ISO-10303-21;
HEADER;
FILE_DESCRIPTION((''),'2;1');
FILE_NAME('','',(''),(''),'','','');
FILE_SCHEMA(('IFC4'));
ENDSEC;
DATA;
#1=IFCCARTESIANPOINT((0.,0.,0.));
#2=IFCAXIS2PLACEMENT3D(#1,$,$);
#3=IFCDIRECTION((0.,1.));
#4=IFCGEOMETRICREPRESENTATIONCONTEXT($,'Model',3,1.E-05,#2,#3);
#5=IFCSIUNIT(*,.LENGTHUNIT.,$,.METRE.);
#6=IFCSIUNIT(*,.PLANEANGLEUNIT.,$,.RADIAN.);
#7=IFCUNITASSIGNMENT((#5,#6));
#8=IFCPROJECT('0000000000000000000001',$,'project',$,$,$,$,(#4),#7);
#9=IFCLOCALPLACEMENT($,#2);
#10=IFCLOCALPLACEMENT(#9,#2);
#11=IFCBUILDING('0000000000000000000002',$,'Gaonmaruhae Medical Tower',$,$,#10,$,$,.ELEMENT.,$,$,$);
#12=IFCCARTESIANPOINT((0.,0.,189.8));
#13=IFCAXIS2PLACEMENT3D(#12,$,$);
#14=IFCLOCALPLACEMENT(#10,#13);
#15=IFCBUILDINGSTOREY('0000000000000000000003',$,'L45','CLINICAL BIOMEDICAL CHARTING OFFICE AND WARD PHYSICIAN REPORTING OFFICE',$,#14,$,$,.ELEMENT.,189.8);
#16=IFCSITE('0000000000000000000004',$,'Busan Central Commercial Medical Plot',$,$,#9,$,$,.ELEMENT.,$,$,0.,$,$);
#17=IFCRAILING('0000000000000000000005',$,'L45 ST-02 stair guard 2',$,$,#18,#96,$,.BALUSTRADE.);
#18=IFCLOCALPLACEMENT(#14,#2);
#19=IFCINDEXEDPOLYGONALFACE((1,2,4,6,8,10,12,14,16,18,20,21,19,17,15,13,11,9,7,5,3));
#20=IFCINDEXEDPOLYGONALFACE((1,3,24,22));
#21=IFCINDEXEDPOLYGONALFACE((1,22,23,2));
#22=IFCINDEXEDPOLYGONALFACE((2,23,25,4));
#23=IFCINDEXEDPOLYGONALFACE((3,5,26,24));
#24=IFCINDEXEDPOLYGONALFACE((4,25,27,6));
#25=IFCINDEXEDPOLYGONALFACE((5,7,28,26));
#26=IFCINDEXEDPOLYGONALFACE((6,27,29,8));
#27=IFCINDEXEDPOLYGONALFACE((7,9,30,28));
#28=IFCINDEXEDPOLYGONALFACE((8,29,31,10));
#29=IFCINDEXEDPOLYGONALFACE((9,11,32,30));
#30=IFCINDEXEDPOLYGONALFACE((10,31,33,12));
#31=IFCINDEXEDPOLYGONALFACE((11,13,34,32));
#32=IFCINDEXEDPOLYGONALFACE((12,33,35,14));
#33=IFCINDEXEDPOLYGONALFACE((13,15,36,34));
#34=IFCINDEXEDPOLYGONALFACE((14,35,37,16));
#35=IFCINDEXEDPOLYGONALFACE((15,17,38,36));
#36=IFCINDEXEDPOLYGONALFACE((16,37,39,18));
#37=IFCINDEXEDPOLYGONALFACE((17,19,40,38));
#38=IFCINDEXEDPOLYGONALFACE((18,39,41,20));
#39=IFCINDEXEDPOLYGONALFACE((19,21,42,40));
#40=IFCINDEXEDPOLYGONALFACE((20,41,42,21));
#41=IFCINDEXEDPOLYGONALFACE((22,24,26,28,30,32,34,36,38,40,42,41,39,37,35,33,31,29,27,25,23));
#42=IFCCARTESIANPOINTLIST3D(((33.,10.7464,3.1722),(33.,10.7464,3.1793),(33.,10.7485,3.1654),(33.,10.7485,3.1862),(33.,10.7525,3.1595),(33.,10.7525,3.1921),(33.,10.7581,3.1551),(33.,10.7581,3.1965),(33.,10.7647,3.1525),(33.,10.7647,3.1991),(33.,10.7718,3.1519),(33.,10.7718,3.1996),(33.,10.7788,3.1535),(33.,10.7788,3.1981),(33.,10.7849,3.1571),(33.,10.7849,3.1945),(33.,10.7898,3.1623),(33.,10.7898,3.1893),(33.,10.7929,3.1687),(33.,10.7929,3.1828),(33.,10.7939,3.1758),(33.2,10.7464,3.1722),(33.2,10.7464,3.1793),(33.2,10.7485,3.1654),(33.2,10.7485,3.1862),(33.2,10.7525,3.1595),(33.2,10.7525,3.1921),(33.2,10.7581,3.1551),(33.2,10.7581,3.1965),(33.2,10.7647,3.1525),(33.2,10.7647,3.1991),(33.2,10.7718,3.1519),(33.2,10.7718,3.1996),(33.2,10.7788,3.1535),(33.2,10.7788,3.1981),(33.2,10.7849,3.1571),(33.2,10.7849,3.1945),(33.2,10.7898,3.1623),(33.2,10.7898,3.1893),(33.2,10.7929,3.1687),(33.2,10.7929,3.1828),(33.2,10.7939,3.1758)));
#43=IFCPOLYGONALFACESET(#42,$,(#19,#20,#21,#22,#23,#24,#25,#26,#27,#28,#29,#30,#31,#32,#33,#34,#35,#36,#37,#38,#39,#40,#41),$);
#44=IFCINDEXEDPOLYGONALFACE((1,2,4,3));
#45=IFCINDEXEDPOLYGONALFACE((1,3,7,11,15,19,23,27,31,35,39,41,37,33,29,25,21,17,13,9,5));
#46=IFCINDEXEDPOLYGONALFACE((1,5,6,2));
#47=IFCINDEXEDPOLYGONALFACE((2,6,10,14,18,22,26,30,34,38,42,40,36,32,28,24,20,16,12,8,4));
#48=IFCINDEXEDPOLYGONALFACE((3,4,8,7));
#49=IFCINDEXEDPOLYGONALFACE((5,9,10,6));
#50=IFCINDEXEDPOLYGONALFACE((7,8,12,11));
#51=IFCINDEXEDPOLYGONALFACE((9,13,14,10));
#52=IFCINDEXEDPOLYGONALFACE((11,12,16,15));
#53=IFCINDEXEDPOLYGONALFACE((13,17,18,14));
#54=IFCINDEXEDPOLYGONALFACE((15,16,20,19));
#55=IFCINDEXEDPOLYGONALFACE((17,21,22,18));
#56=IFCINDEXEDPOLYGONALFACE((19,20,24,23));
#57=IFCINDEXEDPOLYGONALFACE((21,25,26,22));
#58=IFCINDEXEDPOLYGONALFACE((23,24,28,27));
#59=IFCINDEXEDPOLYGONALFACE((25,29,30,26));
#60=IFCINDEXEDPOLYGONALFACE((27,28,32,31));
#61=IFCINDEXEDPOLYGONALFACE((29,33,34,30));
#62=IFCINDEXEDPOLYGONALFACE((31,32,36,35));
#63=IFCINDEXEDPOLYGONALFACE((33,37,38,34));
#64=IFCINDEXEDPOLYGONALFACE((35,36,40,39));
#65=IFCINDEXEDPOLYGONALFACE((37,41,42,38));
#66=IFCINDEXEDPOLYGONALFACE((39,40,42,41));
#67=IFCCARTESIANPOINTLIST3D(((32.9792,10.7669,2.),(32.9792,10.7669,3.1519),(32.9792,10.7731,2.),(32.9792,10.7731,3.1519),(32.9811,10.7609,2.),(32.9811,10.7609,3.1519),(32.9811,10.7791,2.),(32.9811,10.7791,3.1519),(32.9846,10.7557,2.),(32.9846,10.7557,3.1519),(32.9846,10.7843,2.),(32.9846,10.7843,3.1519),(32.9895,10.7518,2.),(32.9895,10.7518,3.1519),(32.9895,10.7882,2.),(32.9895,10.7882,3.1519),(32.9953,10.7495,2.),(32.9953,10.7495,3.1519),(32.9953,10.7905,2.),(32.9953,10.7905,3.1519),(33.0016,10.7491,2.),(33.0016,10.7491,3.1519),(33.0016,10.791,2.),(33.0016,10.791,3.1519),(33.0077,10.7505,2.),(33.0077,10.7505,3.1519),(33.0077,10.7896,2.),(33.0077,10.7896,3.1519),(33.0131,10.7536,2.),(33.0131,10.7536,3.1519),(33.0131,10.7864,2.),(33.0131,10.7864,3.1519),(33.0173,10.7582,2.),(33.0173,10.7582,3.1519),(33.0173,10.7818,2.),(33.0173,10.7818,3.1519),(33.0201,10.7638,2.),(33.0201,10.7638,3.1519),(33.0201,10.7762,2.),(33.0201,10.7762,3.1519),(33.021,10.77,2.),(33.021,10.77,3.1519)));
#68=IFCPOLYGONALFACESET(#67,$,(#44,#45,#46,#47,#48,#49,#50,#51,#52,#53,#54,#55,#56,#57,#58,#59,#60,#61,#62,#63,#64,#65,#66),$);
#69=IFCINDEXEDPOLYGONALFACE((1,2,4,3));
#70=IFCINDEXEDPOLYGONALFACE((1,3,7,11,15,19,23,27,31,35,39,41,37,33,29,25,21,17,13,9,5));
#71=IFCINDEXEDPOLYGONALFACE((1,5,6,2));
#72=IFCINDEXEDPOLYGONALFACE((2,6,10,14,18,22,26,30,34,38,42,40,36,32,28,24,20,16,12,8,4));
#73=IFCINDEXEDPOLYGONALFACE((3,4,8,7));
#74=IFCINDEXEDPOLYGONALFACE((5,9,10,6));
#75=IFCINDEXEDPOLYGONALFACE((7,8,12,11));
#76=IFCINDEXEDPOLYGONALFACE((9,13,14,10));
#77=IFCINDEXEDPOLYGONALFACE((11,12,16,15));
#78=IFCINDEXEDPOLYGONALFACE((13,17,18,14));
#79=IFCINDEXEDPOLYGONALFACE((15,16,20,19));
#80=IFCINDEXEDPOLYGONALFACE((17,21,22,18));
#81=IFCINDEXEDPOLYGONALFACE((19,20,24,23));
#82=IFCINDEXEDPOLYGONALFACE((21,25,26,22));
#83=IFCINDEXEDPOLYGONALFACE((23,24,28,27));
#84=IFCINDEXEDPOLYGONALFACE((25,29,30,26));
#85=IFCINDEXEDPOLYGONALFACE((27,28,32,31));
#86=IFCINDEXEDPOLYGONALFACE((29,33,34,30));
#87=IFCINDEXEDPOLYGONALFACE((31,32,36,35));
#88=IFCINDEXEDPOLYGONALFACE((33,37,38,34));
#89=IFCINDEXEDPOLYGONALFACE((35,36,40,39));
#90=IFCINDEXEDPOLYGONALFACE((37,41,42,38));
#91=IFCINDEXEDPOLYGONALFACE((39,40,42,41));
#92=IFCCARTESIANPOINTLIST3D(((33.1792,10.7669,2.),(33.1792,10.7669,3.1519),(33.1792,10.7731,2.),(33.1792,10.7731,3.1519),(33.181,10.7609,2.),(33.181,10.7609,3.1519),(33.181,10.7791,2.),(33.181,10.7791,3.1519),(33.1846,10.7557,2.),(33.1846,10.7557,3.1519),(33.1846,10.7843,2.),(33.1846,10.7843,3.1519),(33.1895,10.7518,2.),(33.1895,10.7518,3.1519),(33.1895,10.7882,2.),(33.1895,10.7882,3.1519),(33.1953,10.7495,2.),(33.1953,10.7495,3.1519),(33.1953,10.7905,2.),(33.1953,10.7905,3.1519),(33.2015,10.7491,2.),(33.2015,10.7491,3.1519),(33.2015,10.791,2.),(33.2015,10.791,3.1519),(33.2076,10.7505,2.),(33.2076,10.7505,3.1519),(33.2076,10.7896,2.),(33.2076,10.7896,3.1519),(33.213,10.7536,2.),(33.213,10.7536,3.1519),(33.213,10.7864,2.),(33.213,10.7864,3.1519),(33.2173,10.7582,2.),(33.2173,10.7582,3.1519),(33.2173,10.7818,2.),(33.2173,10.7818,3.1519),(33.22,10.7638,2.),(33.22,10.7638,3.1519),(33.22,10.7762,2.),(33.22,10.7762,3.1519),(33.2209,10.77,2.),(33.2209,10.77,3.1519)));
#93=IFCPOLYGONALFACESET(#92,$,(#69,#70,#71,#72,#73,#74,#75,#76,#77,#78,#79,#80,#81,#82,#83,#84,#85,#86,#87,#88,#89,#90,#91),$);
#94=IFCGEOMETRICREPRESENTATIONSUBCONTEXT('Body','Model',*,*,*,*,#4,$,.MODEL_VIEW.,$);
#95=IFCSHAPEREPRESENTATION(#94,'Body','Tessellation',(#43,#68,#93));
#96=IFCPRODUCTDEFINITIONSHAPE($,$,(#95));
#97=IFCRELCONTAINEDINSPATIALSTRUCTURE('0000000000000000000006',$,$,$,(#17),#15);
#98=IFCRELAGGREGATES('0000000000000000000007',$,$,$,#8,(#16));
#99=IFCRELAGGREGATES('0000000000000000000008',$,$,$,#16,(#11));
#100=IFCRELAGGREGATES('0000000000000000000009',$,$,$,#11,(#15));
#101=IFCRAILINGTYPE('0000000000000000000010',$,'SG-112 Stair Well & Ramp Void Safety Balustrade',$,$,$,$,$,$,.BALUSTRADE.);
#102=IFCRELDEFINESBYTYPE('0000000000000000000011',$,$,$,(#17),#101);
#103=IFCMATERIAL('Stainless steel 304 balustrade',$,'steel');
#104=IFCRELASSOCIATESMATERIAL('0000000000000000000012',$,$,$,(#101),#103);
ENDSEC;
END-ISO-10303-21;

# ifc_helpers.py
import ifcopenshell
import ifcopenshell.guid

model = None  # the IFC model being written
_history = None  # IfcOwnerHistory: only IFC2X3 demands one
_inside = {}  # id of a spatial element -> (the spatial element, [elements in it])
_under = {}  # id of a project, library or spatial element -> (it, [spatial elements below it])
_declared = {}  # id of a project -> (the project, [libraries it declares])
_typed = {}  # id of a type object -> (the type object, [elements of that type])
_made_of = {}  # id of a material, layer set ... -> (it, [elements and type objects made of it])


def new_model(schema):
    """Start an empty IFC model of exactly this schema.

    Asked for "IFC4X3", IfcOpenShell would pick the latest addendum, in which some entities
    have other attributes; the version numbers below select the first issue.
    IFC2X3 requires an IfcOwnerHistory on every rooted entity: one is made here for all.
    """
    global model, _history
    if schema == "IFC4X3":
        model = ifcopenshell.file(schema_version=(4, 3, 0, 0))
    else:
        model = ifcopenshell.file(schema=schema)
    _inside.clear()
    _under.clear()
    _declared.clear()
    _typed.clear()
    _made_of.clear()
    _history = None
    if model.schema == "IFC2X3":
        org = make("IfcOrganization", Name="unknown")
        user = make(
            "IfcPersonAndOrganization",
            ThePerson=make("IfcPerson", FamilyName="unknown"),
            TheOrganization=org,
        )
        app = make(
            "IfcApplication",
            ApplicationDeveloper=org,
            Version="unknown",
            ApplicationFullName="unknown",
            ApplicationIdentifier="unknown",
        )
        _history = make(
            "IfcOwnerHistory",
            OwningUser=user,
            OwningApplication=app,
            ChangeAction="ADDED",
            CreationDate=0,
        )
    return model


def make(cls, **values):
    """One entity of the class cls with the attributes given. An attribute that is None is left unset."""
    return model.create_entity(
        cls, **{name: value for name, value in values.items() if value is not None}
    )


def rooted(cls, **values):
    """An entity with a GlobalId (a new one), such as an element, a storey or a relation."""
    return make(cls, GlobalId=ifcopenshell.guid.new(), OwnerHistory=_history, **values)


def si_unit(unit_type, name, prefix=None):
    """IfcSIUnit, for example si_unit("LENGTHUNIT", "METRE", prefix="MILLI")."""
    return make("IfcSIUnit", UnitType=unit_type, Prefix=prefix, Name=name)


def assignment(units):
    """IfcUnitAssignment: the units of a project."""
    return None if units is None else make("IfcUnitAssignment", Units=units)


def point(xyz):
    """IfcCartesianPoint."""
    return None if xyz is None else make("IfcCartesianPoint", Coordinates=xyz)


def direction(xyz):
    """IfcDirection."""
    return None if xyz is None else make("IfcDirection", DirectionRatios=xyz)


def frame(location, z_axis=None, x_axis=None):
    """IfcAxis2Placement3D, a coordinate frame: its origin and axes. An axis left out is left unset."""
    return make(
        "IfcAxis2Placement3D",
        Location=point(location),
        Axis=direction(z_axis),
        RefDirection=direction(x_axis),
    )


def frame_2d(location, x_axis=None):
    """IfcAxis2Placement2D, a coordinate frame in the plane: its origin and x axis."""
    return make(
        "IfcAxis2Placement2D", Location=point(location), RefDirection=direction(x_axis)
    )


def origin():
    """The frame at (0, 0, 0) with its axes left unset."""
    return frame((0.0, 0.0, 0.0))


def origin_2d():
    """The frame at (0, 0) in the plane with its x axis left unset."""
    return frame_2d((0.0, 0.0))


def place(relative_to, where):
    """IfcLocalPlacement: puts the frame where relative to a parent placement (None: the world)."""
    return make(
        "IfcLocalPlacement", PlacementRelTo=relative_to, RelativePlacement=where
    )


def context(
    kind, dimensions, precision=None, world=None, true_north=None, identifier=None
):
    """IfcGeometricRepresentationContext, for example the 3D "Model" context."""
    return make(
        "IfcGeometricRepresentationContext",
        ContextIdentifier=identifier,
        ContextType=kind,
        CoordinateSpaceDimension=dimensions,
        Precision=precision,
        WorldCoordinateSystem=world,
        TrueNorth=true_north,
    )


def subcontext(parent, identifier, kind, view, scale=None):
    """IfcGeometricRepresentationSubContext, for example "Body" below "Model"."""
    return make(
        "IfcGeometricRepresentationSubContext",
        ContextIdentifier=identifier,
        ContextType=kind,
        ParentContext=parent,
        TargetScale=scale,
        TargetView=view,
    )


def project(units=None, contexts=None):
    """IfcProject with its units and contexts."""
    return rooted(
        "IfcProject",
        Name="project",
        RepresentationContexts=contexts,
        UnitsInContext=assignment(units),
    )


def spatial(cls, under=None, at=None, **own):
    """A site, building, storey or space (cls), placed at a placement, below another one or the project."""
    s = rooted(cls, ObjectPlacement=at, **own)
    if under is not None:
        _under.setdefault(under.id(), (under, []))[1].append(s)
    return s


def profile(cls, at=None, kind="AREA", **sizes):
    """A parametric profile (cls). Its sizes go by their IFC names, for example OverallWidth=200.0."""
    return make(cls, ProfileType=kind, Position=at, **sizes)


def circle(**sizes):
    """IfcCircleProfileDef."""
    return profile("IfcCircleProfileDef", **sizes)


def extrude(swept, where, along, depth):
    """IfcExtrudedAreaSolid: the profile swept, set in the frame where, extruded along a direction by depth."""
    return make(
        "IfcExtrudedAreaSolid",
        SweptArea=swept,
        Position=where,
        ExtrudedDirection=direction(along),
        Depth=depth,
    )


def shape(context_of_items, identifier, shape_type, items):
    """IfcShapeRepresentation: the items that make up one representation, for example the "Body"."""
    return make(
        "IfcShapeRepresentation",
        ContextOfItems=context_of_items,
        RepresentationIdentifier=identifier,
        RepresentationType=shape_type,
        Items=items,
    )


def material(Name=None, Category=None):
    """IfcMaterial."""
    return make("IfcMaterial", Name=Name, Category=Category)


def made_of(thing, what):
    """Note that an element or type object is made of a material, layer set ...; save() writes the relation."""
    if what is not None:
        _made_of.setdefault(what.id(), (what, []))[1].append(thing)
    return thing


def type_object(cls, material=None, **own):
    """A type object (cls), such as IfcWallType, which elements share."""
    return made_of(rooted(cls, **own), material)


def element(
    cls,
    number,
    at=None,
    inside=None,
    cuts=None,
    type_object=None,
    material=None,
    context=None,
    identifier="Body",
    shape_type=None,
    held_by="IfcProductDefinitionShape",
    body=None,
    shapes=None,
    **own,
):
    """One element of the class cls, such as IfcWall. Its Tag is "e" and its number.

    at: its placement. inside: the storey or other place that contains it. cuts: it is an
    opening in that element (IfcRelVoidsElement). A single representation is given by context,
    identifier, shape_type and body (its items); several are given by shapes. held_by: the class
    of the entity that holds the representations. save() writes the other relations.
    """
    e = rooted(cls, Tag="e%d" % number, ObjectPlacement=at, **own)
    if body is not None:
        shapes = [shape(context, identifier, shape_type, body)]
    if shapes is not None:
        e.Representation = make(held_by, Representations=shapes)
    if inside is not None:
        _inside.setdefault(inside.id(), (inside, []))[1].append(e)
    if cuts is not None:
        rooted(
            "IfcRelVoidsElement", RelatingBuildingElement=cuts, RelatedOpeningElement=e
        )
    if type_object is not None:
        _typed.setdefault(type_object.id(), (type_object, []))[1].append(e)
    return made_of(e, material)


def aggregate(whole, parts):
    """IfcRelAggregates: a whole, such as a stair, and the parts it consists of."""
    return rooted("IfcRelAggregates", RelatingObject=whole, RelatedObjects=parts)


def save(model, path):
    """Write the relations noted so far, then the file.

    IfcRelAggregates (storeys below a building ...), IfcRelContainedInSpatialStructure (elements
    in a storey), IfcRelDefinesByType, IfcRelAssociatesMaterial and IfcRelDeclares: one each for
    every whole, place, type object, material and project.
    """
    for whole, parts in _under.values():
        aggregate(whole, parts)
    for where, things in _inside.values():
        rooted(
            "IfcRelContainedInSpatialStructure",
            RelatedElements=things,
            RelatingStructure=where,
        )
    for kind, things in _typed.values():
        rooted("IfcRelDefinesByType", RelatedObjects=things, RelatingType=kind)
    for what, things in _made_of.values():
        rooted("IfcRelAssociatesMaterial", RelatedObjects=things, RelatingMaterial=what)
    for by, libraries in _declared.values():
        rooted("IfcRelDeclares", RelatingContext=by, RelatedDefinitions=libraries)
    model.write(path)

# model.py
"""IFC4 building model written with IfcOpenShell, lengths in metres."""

from ifc_helpers import new_model, si_unit, direction, frame, origin, origin_2d, place, context, subcontext, project, spatial, circle, extrude, material, type_object, element, save


model = new_model("IFC4")

# Units and contexts
model_context = context("Model", 3, precision=1e-05, world=origin(), true_north=direction((0.0, 1.0)))
body_context = subcontext(model_context, "Body", "Model", "MODEL_VIEW")
ifc_project = project(units=[si_unit("LENGTHUNIT", "METRE"), si_unit("PLANEANGLEUNIT", "RADIAN")], contexts=[model_context])

# Site, building, storey
site_placement = place(None, origin())
site = spatial("IfcSite", under=ifc_project, at=site_placement, Name="Busan Central Commercial Medical Plot", CompositionType="ELEMENT", RefElevation=0.0)
building_placement = place(site_placement, origin())
building = spatial("IfcBuilding", under=site, at=building_placement, Name="Gaonmaruhae Medical Tower", CompositionType="ELEMENT")
storey_placement = place(building_placement, frame((0.0, 0.0, 189.8)))
storey = spatial("IfcBuildingStorey", under=building, at=storey_placement, Name="L45", Description="CLINICAL BIOMEDICAL CHARTING OFFICE AND WARD PHYSICIAN REPORTING OFFICE", CompositionType="ELEMENT", Elevation=189.8)

# Railing
ifc_material_1 = material(Name="Stainless steel 304 balustrade", Category="steel")
railing_type_1 = type_object("IfcRailingType", Name="SG-112 Stair Well & Ramp Void Safety Balustrade", PredefinedType="BALUSTRADE", material=ifc_material_1)
railing_1_placement = place(storey_placement, frame((33.0, 10.77, 2.0)))
element("IfcRailing", 1, at=railing_1_placement, inside=storey, type_object=railing_type_1, Name="L45 ST-02 stair guard 2", PredefinedType="BALUSTRADE", context=body_context, shape_type="SweptSolid", body=[
    extrude(circle(Radius=0.0239, at=origin_2d()), frame((0.0, 0.0, 1.1758), z_axis=(1.0, 0.0, 0.0), x_axis=(0.0, 1.0, 0.0)), (0.0, 0.0, 1.0), 0.2),
    extrude(circle(Radius=0.021, at=origin_2d()), origin(), (0.0, 0.0, 1.0), 1.1519),
    extrude(circle(Radius=0.021, at=origin_2d()), frame((0.2, 0.0, 0.0)), (0.0, 0.0, 1.0), 1.1519),
])

save(model, "model.ifc")
